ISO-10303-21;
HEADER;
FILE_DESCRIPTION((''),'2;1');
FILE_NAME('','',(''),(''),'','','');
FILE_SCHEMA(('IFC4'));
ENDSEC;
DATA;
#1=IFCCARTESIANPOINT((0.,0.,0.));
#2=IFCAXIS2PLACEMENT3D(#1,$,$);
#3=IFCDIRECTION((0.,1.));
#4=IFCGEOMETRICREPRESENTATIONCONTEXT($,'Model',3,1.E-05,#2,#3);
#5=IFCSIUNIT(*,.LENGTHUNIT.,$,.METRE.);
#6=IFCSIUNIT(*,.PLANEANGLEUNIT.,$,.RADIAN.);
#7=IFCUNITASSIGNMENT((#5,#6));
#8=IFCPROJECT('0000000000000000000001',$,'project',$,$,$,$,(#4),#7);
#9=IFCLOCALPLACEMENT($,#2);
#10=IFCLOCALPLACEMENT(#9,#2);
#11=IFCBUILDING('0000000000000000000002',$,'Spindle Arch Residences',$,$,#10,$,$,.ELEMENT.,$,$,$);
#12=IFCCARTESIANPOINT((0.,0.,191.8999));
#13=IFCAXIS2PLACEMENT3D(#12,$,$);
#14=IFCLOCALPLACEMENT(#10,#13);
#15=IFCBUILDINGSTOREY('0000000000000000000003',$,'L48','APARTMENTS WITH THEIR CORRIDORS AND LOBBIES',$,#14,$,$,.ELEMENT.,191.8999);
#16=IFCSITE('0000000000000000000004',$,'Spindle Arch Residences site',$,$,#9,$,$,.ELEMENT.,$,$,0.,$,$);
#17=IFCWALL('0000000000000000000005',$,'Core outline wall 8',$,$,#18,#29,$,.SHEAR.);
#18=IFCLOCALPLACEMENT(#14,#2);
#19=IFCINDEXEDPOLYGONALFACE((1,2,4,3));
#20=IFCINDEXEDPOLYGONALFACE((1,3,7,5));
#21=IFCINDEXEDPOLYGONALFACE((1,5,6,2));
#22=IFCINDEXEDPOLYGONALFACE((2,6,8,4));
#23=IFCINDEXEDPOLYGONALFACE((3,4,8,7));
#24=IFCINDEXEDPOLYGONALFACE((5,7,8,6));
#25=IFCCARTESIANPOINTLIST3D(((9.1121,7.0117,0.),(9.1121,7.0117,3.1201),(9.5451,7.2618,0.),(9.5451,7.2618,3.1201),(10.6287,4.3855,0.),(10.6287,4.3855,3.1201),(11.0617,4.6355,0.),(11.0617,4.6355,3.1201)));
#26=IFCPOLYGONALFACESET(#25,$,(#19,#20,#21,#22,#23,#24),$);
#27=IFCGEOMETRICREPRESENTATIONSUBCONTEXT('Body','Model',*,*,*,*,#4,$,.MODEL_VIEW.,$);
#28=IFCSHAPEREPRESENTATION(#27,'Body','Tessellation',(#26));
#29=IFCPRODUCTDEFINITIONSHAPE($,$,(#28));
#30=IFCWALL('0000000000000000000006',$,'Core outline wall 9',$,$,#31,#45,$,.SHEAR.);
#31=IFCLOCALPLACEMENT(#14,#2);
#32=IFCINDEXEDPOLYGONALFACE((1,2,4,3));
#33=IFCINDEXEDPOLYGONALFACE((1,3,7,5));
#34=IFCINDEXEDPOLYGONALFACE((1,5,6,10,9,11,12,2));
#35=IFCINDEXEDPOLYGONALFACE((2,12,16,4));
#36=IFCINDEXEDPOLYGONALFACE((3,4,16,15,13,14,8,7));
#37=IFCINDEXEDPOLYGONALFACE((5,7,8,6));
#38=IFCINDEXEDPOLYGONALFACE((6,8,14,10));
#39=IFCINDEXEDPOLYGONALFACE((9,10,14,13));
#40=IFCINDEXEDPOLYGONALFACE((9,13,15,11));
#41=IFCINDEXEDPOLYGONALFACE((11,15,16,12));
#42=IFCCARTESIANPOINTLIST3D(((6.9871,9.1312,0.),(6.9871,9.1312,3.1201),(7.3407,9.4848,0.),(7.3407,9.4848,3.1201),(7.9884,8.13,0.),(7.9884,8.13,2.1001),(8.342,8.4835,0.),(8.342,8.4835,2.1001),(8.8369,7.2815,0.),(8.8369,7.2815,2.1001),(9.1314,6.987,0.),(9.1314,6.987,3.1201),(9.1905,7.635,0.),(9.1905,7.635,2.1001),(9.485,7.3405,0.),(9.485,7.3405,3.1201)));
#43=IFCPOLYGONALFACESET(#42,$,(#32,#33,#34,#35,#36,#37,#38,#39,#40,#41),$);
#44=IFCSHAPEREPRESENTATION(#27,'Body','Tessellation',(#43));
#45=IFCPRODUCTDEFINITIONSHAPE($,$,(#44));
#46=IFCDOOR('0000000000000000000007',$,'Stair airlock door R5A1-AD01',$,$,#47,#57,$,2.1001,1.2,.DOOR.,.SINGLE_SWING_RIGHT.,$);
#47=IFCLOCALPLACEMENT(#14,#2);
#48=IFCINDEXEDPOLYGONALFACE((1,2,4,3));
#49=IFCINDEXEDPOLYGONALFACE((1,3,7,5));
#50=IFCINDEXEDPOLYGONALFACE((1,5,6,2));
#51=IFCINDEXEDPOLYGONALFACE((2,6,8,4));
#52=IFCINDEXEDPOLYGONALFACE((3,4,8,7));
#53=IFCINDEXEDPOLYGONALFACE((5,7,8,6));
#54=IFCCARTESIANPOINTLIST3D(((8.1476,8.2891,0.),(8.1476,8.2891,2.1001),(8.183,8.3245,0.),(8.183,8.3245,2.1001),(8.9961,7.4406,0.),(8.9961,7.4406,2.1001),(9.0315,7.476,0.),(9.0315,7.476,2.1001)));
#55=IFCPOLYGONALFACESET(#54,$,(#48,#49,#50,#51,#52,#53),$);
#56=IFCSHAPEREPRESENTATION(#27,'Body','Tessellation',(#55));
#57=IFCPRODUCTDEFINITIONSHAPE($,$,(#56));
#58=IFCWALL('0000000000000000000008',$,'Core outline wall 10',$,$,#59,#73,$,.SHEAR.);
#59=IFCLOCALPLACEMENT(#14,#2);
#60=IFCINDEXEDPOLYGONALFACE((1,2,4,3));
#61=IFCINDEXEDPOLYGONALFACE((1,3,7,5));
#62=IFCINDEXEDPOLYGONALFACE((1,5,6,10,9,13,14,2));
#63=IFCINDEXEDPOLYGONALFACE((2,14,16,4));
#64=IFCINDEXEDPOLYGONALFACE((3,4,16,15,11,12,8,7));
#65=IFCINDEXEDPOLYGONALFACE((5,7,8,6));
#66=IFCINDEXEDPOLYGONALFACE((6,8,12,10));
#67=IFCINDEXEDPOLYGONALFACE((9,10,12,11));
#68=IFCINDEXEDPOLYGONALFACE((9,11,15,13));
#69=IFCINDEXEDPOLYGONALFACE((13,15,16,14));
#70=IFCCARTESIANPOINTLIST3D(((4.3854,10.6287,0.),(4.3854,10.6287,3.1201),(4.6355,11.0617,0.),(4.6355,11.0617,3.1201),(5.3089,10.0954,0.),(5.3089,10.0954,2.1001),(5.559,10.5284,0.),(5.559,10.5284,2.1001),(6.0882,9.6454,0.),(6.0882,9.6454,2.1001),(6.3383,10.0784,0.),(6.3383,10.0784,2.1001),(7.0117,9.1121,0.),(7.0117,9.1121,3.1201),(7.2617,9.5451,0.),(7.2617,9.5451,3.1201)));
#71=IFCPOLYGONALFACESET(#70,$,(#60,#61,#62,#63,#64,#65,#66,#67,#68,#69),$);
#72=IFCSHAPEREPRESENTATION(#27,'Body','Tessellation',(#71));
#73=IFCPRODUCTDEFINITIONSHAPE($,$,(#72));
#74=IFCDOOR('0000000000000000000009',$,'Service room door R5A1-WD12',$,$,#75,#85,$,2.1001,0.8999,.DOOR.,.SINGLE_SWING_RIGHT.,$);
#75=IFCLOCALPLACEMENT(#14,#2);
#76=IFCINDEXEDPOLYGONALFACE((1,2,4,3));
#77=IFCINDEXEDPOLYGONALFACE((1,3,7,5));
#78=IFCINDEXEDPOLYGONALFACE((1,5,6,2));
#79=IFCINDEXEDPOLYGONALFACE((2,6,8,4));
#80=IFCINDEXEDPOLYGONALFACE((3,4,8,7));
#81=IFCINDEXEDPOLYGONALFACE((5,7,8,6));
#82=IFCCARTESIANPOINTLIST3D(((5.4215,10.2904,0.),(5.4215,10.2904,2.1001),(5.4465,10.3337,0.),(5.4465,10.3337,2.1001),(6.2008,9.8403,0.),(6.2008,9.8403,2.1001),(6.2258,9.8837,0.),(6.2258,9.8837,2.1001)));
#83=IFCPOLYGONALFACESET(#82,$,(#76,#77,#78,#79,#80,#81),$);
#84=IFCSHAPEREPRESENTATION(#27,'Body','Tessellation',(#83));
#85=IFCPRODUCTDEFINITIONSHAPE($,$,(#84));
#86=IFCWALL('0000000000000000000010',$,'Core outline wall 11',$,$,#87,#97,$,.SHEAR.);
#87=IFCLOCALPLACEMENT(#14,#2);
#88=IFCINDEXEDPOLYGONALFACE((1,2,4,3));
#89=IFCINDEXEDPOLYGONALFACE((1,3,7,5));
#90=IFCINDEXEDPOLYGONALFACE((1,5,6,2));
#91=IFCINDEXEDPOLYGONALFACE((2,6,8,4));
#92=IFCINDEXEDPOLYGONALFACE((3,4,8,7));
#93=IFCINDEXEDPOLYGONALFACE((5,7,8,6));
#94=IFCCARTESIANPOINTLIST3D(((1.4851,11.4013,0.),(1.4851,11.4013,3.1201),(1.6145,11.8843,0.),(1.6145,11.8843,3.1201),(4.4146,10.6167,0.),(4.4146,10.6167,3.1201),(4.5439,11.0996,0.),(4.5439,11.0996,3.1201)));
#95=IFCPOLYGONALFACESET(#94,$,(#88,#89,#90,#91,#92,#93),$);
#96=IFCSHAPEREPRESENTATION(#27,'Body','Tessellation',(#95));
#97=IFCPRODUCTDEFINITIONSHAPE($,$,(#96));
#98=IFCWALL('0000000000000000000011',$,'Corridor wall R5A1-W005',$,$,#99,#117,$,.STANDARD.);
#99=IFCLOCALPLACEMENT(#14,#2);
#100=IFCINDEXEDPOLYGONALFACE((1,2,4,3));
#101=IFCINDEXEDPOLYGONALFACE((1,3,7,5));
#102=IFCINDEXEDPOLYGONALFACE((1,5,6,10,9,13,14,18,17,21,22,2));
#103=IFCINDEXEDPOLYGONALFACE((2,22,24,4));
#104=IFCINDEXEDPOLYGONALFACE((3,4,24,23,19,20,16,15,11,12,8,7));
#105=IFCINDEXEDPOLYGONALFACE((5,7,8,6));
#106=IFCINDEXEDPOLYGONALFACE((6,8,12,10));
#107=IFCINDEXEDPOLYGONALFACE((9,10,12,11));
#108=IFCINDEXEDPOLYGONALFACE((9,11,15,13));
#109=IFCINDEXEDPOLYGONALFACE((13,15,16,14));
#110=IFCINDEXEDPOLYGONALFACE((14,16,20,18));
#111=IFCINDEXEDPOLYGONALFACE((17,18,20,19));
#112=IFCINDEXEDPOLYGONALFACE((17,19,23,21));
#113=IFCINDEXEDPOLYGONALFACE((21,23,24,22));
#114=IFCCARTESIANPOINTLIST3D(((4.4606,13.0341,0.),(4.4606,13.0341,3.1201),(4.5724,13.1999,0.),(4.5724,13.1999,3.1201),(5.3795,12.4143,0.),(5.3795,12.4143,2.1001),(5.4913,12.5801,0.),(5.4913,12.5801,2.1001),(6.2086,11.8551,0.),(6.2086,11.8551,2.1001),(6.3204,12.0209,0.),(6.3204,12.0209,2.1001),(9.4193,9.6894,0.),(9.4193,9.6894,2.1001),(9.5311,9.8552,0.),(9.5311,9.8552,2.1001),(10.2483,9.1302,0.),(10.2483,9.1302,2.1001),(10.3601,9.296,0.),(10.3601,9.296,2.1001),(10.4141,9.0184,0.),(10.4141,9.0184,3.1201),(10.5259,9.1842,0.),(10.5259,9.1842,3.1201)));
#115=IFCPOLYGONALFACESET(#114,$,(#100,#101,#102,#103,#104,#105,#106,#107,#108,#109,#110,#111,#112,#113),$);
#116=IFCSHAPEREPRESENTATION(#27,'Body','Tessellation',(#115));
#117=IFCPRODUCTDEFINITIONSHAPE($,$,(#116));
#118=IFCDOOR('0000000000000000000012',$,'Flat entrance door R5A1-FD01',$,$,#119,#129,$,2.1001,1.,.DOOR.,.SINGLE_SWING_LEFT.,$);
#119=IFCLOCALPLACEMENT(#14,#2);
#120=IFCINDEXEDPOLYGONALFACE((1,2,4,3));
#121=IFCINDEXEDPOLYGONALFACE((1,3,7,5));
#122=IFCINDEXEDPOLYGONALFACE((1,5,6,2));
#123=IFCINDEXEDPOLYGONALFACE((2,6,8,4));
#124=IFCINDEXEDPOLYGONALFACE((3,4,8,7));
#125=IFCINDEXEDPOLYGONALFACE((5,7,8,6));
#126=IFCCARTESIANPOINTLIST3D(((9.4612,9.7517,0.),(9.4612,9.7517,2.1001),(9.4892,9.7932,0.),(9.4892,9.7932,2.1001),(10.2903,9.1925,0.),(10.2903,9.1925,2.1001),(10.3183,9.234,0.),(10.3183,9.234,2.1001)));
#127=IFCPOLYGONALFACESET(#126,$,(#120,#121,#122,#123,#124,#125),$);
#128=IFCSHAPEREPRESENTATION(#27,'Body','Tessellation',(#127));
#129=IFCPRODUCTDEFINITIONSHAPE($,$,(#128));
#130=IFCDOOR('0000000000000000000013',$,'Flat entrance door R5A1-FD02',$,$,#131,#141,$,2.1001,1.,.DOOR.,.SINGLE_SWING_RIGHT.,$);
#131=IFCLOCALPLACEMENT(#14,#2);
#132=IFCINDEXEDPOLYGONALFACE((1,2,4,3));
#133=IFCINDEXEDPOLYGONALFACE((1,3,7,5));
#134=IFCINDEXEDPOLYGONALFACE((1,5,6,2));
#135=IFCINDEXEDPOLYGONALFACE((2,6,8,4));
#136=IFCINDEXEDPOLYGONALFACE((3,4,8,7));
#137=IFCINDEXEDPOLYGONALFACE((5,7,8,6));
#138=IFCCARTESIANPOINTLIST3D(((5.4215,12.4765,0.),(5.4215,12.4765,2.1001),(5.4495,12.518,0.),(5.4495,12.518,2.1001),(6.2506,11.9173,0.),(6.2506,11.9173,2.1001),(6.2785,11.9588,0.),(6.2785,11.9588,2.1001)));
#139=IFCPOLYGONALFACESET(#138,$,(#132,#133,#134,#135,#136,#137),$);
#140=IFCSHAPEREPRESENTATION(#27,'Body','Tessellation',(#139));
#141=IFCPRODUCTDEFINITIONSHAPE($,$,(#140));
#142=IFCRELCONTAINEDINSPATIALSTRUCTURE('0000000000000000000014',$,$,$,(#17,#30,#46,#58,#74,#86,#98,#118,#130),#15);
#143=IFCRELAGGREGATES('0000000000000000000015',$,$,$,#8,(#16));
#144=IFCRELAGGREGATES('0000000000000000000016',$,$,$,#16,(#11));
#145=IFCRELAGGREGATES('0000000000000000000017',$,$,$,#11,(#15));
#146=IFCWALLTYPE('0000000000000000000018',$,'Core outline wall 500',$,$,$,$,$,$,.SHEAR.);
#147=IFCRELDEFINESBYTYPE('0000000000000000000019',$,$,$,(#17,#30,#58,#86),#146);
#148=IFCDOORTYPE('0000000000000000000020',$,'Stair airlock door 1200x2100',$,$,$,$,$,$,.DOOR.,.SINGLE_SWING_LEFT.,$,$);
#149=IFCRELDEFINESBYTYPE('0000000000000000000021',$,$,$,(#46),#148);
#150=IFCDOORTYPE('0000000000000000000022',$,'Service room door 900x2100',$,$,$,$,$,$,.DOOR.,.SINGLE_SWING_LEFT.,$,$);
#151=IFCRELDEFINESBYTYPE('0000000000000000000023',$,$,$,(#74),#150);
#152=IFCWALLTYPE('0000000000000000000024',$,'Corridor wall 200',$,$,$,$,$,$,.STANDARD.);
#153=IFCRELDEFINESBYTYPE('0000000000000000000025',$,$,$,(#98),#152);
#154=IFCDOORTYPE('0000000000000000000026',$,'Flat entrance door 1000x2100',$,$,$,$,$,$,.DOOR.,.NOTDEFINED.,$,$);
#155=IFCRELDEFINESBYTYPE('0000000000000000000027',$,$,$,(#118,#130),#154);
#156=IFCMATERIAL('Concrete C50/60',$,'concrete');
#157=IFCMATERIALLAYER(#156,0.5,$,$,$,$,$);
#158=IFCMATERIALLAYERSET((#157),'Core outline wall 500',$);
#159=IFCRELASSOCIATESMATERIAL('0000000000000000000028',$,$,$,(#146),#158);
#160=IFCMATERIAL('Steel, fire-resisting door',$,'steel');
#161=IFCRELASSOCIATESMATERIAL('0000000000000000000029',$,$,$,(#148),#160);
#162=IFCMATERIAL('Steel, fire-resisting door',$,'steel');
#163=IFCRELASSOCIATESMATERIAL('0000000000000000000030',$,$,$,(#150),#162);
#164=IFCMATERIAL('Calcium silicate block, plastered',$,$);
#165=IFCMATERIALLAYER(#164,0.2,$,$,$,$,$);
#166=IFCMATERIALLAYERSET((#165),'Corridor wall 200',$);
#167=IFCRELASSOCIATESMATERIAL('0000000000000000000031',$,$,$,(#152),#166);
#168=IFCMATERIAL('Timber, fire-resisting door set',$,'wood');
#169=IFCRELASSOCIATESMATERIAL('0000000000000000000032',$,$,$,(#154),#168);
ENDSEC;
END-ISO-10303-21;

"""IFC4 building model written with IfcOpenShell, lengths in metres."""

from ifc_helpers import new_model, si_unit, direction, frame, frame_2d, origin, place, context, subcontext, project, spatial, rectangle, extrude, material, layer, layer_set, type_object, element, fill, save


model = new_model("IFC4")

# Units and contexts
model_context = context("Model", 3, precision=1e-05, world=origin(), true_north=direction((0.0, 1.0)))
body_context = subcontext(model_context, "Body", "Model", "MODEL_VIEW")
ifc_project = project(units=[si_unit("LENGTHUNIT", "METRE"), si_unit("PLANEANGLEUNIT", "RADIAN")], contexts=[model_context])

# Site, building, storey
site_placement = place(None, origin())
site = spatial("IfcSite", under=ifc_project, at=site_placement, Name="Spindle Arch Residences site", CompositionType="ELEMENT", RefElevation=0.0)
building_placement = place(site_placement, origin())
building = spatial("IfcBuilding", under=site, at=building_placement, Name="Spindle Arch Residences", CompositionType="ELEMENT")
storey_placement = place(building_placement, frame((0.0, 0.0, 191.8999)))
storey = spatial("IfcBuildingStorey", under=building, at=storey_placement, Name="L48", Description="APARTMENTS WITH THEIR CORRIDORS AND LOBBIES", CompositionType="ELEMENT", Elevation=191.8999)

# Wall
ifc_material_1 = material(Name="Concrete C50/60", Category="concrete")
ifc_layer_1 = layer(ifc_material_1, 0.5)
ifc_layer_set_1 = layer_set([ifc_layer_1], Name="Core outline wall 500")
wall_type_1 = type_object("IfcWallType", Name="Core outline wall 500", PredefinedType="SHEAR", material=ifc_layer_set_1)
wall_1_placement = place(storey_placement, frame((10.8452, 4.5105, 0.0), z_axis=(0.0, 0.0, 1.0), x_axis=(-0.500087, 0.865975, 0.0)))
element("IfcWall", 1, at=wall_1_placement, inside=storey, type_object=wall_type_1, Name="Core outline wall 8", PredefinedType="SHEAR", context=body_context, shape_type="SweptSolid", body=[
    extrude(rectangle(XDim=3.0327, YDim=0.5, at=frame_2d((1.5164, 0.0))), origin(), (0.0, 0.0, 1.0), 3.1201),
])

# Walls, openings, doors
wall_2_placement = place(storey_placement, frame((9.3081, 7.1638, 0.0), z_axis=(0.0, 0.0, 1.0), x_axis=(-0.707107, 0.707107, 0.0)))
wall_2 = element("IfcWall", 2, at=wall_2_placement, inside=storey, type_object=wall_type_1, Name="Core outline wall 9", PredefinedType="SHEAR", context=body_context, shape_type="SweptSolid", body=[
    extrude(rectangle(XDim=3.0325, YDim=0.5, at=frame_2d((1.5161, 0.0))), origin(), (0.0, 0.0, 1.0), 3.1201),
])
opening_1_placement = place(wall_2_placement, frame((0.4163, 0.0, 0.0)))
opening_1 = element("IfcOpeningElement", 3, at=opening_1_placement, cuts=wall_2, PredefinedType="OPENING", context=body_context, shape_type="SweptSolid", body=[
    extrude(rectangle(XDim=1.2, YDim=2.1001, at=frame_2d((0.6001, 1.05))), frame((0.0, 0.26, 0.0), z_axis=(0.0, -1.0, 0.0), x_axis=(1.0, 0.0, 0.0)), (0.0, 0.0, 1.0), 0.52),
])
ifc_material_2 = material(Name="Steel, fire-resisting door", Category="steel")
door_type_1 = type_object("IfcDoorType", Name="Stair airlock door 1200x2100", OperationType="SINGLE_SWING_LEFT", PredefinedType="DOOR", material=ifc_material_2)
door_1_placement = place(opening_1_placement, origin())
door_1 = element("IfcDoor", 4, at=door_1_placement, inside=storey, type_object=door_type_1, Name="Stair airlock door R5A1-AD01", OperationType="SINGLE_SWING_RIGHT", OverallHeight=2.1001, OverallWidth=1.2, PredefinedType="DOOR", context=body_context, shape_type="SweptSolid", body=[
    extrude(rectangle(XDim=1.2, YDim=2.1001, at=frame_2d((0.6001, 1.05))), frame((0.0, 0.0249, 0.0), z_axis=(0.0, -1.0, 0.0), x_axis=(1.0, 0.0, 0.0)), (0.0, 0.0, 1.0), 0.05),
])
fill(opening_1, door_1)
wall_3_placement = place(storey_placement, frame((7.1367, 9.3286, 0.0), z_axis=(0.0, 0.0, 1.0), x_axis=(-0.865975, 0.500087, 0.0)))
wall_3 = element("IfcWall", 5, at=wall_3_placement, inside=storey, type_object=wall_type_1, Name="Core outline wall 10", PredefinedType="SHEAR", context=body_context, shape_type="SweptSolid", body=[
    extrude(rectangle(XDim=3.0327, YDim=0.5, at=frame_2d((1.5164, 0.0))), origin(), (0.0, 0.0, 1.0), 3.1201),
])
opening_2_placement = place(wall_3_placement, frame((1.0664, 0.0, 0.0)))
opening_2 = element("IfcOpeningElement", 6, at=opening_2_placement, cuts=wall_3, PredefinedType="OPENING", context=body_context, shape_type="SweptSolid", body=[
    extrude(rectangle(XDim=0.8999, YDim=2.1001, at=frame_2d((0.45, 1.05))), frame((0.0, 0.26, 0.0), z_axis=(0.0, -1.0, 0.0), x_axis=(1.0, 0.0, 0.0)), (0.0, 0.0, 1.0), 0.52),
])
ifc_material_3 = material(Name="Steel, fire-resisting door", Category="steel")
door_type_2 = type_object("IfcDoorType", Name="Service room door 900x2100", OperationType="SINGLE_SWING_LEFT", PredefinedType="DOOR", material=ifc_material_3)
door_2_placement = place(opening_2_placement, origin())
door_2 = element("IfcDoor", 7, at=door_2_placement, inside=storey, type_object=door_type_2, Name="Service room door R5A1-WD12", OperationType="SINGLE_SWING_RIGHT", OverallHeight=2.1001, OverallWidth=0.8999, PredefinedType="DOOR", context=body_context, shape_type="SweptSolid", body=[
    extrude(rectangle(XDim=0.8999, YDim=2.1001, at=frame_2d((0.45, 1.05))), frame((0.0, 0.0249, 0.0), z_axis=(0.0, -1.0, 0.0), x_axis=(1.0, 0.0, 0.0)), (0.0, 0.0, 1.0), 0.05),
])
fill(opening_2, door_2)

# Wall
wall_4_placement = place(storey_placement, frame((4.4792, 10.8582, 0.0), z_axis=(0.0, 0.0, 1.0), x_axis=(-0.965948, 0.258735, 0.0)))
element("IfcWall", 8, at=wall_4_placement, inside=storey, type_object=wall_type_1, Name="Core outline wall 11", PredefinedType="SHEAR", context=body_context, shape_type="SweptSolid", body=[
    extrude(rectangle(XDim=3.0327, YDim=0.5, at=frame_2d((1.5164, 0.0))), origin(), (0.0, 0.0, 1.0), 3.1201),
])

# Wall, openings, doors
ifc_material_4 = material(Name="Calcium silicate block, plastered")
ifc_layer_2 = layer(ifc_material_4, 0.2)
ifc_layer_set_2 = layer_set([ifc_layer_2], Name="Corridor wall 200")
wall_type_2 = type_object("IfcWallType", Name="Corridor wall 200", PredefinedType="STANDARD", material=ifc_layer_set_2)
wall_5_placement = place(storey_placement, frame((10.47, 9.1013, 0.0), z_axis=(0.0, 0.0, 1.0), x_axis=(-0.829036, 0.559195, 0.0)))
wall_5 = element("IfcWall", 9, at=wall_5_placement, inside=storey, type_object=wall_type_2, Name="Corridor wall R5A1-W005", PredefinedType="STANDARD", context=body_context, shape_type="SweptSolid", body=[
    extrude(rectangle(XDim=7.1812, YDim=0.2, at=frame_2d((3.5906, 0.0))), origin(), (0.0, 0.0, 1.0), 3.1201),
])
opening_3_placement = place(wall_5_placement, frame((0.2, 0.0, 0.0)))
opening_3 = element("IfcOpeningElement", 10, at=opening_3_placement, cuts=wall_5, PredefinedType="OPENING", context=body_context, shape_type="SweptSolid", body=[
    extrude(rectangle(XDim=1.0, YDim=2.1001, at=frame_2d((0.5, 1.05))), frame((0.0, 0.1099, 0.0), z_axis=(0.0, -1.0, 0.0), x_axis=(1.0, 0.0, 0.0)), (0.0, 0.0, 1.0), 0.22),
])
opening_4_placement = place(wall_5_placement, frame((5.0728, 0.0, 0.0)))
opening_4 = element("IfcOpeningElement", 11, at=opening_4_placement, cuts=wall_5, PredefinedType="OPENING", context=body_context, shape_type="SweptSolid", body=[
    extrude(rectangle(XDim=1.0, YDim=2.1001, at=frame_2d((0.5, 1.05))), frame((0.0, 0.1099, 0.0), z_axis=(0.0, -1.0, 0.0), x_axis=(1.0, 0.0, 0.0)), (0.0, 0.0, 1.0), 0.22),
])
ifc_material_5 = material(Name="Timber, fire-resisting door set", Category="wood")
door_type_3 = type_object("IfcDoorType", Name="Flat entrance door 1000x2100", OperationType="NOTDEFINED", PredefinedType="DOOR", material=ifc_material_5)
door_3_placement = place(opening_3_placement, origin())
door_3 = element("IfcDoor", 12, at=door_3_placement, inside=storey, type_object=door_type_3, Name="Flat entrance door R5A1-FD01", OperationType="SINGLE_SWING_LEFT", OverallHeight=2.1001, OverallWidth=1.0, PredefinedType="DOOR", context=body_context, shape_type="SweptSolid", body=[
    extrude(rectangle(XDim=1.0, YDim=2.1001, at=frame_2d((0.5, 1.05))), frame((0.0, 0.0249, 0.0), z_axis=(0.0, -1.0, 0.0), x_axis=(1.0, 0.0, 0.0)), (0.0, 0.0, 1.0), 0.05),
])
fill(opening_3, door_3)
door_4_placement = place(opening_4_placement, origin())
door_4 = element("IfcDoor", 13, at=door_4_placement, inside=storey, type_object=door_type_3, Name="Flat entrance door R5A1-FD02", OperationType="SINGLE_SWING_RIGHT", OverallHeight=2.1001, OverallWidth=1.0, PredefinedType="DOOR", context=body_context, shape_type="SweptSolid", body=[
    extrude(rectangle(XDim=1.0, YDim=2.1001, at=frame_2d((0.5, 1.05))), frame((0.0, 0.0249, 0.0), z_axis=(0.0, -1.0, 0.0), x_axis=(1.0, 0.0, 0.0)), (0.0, 0.0, 1.0), 0.05),
])
fill(opening_4, door_4)

save(model, "model.ifc")
